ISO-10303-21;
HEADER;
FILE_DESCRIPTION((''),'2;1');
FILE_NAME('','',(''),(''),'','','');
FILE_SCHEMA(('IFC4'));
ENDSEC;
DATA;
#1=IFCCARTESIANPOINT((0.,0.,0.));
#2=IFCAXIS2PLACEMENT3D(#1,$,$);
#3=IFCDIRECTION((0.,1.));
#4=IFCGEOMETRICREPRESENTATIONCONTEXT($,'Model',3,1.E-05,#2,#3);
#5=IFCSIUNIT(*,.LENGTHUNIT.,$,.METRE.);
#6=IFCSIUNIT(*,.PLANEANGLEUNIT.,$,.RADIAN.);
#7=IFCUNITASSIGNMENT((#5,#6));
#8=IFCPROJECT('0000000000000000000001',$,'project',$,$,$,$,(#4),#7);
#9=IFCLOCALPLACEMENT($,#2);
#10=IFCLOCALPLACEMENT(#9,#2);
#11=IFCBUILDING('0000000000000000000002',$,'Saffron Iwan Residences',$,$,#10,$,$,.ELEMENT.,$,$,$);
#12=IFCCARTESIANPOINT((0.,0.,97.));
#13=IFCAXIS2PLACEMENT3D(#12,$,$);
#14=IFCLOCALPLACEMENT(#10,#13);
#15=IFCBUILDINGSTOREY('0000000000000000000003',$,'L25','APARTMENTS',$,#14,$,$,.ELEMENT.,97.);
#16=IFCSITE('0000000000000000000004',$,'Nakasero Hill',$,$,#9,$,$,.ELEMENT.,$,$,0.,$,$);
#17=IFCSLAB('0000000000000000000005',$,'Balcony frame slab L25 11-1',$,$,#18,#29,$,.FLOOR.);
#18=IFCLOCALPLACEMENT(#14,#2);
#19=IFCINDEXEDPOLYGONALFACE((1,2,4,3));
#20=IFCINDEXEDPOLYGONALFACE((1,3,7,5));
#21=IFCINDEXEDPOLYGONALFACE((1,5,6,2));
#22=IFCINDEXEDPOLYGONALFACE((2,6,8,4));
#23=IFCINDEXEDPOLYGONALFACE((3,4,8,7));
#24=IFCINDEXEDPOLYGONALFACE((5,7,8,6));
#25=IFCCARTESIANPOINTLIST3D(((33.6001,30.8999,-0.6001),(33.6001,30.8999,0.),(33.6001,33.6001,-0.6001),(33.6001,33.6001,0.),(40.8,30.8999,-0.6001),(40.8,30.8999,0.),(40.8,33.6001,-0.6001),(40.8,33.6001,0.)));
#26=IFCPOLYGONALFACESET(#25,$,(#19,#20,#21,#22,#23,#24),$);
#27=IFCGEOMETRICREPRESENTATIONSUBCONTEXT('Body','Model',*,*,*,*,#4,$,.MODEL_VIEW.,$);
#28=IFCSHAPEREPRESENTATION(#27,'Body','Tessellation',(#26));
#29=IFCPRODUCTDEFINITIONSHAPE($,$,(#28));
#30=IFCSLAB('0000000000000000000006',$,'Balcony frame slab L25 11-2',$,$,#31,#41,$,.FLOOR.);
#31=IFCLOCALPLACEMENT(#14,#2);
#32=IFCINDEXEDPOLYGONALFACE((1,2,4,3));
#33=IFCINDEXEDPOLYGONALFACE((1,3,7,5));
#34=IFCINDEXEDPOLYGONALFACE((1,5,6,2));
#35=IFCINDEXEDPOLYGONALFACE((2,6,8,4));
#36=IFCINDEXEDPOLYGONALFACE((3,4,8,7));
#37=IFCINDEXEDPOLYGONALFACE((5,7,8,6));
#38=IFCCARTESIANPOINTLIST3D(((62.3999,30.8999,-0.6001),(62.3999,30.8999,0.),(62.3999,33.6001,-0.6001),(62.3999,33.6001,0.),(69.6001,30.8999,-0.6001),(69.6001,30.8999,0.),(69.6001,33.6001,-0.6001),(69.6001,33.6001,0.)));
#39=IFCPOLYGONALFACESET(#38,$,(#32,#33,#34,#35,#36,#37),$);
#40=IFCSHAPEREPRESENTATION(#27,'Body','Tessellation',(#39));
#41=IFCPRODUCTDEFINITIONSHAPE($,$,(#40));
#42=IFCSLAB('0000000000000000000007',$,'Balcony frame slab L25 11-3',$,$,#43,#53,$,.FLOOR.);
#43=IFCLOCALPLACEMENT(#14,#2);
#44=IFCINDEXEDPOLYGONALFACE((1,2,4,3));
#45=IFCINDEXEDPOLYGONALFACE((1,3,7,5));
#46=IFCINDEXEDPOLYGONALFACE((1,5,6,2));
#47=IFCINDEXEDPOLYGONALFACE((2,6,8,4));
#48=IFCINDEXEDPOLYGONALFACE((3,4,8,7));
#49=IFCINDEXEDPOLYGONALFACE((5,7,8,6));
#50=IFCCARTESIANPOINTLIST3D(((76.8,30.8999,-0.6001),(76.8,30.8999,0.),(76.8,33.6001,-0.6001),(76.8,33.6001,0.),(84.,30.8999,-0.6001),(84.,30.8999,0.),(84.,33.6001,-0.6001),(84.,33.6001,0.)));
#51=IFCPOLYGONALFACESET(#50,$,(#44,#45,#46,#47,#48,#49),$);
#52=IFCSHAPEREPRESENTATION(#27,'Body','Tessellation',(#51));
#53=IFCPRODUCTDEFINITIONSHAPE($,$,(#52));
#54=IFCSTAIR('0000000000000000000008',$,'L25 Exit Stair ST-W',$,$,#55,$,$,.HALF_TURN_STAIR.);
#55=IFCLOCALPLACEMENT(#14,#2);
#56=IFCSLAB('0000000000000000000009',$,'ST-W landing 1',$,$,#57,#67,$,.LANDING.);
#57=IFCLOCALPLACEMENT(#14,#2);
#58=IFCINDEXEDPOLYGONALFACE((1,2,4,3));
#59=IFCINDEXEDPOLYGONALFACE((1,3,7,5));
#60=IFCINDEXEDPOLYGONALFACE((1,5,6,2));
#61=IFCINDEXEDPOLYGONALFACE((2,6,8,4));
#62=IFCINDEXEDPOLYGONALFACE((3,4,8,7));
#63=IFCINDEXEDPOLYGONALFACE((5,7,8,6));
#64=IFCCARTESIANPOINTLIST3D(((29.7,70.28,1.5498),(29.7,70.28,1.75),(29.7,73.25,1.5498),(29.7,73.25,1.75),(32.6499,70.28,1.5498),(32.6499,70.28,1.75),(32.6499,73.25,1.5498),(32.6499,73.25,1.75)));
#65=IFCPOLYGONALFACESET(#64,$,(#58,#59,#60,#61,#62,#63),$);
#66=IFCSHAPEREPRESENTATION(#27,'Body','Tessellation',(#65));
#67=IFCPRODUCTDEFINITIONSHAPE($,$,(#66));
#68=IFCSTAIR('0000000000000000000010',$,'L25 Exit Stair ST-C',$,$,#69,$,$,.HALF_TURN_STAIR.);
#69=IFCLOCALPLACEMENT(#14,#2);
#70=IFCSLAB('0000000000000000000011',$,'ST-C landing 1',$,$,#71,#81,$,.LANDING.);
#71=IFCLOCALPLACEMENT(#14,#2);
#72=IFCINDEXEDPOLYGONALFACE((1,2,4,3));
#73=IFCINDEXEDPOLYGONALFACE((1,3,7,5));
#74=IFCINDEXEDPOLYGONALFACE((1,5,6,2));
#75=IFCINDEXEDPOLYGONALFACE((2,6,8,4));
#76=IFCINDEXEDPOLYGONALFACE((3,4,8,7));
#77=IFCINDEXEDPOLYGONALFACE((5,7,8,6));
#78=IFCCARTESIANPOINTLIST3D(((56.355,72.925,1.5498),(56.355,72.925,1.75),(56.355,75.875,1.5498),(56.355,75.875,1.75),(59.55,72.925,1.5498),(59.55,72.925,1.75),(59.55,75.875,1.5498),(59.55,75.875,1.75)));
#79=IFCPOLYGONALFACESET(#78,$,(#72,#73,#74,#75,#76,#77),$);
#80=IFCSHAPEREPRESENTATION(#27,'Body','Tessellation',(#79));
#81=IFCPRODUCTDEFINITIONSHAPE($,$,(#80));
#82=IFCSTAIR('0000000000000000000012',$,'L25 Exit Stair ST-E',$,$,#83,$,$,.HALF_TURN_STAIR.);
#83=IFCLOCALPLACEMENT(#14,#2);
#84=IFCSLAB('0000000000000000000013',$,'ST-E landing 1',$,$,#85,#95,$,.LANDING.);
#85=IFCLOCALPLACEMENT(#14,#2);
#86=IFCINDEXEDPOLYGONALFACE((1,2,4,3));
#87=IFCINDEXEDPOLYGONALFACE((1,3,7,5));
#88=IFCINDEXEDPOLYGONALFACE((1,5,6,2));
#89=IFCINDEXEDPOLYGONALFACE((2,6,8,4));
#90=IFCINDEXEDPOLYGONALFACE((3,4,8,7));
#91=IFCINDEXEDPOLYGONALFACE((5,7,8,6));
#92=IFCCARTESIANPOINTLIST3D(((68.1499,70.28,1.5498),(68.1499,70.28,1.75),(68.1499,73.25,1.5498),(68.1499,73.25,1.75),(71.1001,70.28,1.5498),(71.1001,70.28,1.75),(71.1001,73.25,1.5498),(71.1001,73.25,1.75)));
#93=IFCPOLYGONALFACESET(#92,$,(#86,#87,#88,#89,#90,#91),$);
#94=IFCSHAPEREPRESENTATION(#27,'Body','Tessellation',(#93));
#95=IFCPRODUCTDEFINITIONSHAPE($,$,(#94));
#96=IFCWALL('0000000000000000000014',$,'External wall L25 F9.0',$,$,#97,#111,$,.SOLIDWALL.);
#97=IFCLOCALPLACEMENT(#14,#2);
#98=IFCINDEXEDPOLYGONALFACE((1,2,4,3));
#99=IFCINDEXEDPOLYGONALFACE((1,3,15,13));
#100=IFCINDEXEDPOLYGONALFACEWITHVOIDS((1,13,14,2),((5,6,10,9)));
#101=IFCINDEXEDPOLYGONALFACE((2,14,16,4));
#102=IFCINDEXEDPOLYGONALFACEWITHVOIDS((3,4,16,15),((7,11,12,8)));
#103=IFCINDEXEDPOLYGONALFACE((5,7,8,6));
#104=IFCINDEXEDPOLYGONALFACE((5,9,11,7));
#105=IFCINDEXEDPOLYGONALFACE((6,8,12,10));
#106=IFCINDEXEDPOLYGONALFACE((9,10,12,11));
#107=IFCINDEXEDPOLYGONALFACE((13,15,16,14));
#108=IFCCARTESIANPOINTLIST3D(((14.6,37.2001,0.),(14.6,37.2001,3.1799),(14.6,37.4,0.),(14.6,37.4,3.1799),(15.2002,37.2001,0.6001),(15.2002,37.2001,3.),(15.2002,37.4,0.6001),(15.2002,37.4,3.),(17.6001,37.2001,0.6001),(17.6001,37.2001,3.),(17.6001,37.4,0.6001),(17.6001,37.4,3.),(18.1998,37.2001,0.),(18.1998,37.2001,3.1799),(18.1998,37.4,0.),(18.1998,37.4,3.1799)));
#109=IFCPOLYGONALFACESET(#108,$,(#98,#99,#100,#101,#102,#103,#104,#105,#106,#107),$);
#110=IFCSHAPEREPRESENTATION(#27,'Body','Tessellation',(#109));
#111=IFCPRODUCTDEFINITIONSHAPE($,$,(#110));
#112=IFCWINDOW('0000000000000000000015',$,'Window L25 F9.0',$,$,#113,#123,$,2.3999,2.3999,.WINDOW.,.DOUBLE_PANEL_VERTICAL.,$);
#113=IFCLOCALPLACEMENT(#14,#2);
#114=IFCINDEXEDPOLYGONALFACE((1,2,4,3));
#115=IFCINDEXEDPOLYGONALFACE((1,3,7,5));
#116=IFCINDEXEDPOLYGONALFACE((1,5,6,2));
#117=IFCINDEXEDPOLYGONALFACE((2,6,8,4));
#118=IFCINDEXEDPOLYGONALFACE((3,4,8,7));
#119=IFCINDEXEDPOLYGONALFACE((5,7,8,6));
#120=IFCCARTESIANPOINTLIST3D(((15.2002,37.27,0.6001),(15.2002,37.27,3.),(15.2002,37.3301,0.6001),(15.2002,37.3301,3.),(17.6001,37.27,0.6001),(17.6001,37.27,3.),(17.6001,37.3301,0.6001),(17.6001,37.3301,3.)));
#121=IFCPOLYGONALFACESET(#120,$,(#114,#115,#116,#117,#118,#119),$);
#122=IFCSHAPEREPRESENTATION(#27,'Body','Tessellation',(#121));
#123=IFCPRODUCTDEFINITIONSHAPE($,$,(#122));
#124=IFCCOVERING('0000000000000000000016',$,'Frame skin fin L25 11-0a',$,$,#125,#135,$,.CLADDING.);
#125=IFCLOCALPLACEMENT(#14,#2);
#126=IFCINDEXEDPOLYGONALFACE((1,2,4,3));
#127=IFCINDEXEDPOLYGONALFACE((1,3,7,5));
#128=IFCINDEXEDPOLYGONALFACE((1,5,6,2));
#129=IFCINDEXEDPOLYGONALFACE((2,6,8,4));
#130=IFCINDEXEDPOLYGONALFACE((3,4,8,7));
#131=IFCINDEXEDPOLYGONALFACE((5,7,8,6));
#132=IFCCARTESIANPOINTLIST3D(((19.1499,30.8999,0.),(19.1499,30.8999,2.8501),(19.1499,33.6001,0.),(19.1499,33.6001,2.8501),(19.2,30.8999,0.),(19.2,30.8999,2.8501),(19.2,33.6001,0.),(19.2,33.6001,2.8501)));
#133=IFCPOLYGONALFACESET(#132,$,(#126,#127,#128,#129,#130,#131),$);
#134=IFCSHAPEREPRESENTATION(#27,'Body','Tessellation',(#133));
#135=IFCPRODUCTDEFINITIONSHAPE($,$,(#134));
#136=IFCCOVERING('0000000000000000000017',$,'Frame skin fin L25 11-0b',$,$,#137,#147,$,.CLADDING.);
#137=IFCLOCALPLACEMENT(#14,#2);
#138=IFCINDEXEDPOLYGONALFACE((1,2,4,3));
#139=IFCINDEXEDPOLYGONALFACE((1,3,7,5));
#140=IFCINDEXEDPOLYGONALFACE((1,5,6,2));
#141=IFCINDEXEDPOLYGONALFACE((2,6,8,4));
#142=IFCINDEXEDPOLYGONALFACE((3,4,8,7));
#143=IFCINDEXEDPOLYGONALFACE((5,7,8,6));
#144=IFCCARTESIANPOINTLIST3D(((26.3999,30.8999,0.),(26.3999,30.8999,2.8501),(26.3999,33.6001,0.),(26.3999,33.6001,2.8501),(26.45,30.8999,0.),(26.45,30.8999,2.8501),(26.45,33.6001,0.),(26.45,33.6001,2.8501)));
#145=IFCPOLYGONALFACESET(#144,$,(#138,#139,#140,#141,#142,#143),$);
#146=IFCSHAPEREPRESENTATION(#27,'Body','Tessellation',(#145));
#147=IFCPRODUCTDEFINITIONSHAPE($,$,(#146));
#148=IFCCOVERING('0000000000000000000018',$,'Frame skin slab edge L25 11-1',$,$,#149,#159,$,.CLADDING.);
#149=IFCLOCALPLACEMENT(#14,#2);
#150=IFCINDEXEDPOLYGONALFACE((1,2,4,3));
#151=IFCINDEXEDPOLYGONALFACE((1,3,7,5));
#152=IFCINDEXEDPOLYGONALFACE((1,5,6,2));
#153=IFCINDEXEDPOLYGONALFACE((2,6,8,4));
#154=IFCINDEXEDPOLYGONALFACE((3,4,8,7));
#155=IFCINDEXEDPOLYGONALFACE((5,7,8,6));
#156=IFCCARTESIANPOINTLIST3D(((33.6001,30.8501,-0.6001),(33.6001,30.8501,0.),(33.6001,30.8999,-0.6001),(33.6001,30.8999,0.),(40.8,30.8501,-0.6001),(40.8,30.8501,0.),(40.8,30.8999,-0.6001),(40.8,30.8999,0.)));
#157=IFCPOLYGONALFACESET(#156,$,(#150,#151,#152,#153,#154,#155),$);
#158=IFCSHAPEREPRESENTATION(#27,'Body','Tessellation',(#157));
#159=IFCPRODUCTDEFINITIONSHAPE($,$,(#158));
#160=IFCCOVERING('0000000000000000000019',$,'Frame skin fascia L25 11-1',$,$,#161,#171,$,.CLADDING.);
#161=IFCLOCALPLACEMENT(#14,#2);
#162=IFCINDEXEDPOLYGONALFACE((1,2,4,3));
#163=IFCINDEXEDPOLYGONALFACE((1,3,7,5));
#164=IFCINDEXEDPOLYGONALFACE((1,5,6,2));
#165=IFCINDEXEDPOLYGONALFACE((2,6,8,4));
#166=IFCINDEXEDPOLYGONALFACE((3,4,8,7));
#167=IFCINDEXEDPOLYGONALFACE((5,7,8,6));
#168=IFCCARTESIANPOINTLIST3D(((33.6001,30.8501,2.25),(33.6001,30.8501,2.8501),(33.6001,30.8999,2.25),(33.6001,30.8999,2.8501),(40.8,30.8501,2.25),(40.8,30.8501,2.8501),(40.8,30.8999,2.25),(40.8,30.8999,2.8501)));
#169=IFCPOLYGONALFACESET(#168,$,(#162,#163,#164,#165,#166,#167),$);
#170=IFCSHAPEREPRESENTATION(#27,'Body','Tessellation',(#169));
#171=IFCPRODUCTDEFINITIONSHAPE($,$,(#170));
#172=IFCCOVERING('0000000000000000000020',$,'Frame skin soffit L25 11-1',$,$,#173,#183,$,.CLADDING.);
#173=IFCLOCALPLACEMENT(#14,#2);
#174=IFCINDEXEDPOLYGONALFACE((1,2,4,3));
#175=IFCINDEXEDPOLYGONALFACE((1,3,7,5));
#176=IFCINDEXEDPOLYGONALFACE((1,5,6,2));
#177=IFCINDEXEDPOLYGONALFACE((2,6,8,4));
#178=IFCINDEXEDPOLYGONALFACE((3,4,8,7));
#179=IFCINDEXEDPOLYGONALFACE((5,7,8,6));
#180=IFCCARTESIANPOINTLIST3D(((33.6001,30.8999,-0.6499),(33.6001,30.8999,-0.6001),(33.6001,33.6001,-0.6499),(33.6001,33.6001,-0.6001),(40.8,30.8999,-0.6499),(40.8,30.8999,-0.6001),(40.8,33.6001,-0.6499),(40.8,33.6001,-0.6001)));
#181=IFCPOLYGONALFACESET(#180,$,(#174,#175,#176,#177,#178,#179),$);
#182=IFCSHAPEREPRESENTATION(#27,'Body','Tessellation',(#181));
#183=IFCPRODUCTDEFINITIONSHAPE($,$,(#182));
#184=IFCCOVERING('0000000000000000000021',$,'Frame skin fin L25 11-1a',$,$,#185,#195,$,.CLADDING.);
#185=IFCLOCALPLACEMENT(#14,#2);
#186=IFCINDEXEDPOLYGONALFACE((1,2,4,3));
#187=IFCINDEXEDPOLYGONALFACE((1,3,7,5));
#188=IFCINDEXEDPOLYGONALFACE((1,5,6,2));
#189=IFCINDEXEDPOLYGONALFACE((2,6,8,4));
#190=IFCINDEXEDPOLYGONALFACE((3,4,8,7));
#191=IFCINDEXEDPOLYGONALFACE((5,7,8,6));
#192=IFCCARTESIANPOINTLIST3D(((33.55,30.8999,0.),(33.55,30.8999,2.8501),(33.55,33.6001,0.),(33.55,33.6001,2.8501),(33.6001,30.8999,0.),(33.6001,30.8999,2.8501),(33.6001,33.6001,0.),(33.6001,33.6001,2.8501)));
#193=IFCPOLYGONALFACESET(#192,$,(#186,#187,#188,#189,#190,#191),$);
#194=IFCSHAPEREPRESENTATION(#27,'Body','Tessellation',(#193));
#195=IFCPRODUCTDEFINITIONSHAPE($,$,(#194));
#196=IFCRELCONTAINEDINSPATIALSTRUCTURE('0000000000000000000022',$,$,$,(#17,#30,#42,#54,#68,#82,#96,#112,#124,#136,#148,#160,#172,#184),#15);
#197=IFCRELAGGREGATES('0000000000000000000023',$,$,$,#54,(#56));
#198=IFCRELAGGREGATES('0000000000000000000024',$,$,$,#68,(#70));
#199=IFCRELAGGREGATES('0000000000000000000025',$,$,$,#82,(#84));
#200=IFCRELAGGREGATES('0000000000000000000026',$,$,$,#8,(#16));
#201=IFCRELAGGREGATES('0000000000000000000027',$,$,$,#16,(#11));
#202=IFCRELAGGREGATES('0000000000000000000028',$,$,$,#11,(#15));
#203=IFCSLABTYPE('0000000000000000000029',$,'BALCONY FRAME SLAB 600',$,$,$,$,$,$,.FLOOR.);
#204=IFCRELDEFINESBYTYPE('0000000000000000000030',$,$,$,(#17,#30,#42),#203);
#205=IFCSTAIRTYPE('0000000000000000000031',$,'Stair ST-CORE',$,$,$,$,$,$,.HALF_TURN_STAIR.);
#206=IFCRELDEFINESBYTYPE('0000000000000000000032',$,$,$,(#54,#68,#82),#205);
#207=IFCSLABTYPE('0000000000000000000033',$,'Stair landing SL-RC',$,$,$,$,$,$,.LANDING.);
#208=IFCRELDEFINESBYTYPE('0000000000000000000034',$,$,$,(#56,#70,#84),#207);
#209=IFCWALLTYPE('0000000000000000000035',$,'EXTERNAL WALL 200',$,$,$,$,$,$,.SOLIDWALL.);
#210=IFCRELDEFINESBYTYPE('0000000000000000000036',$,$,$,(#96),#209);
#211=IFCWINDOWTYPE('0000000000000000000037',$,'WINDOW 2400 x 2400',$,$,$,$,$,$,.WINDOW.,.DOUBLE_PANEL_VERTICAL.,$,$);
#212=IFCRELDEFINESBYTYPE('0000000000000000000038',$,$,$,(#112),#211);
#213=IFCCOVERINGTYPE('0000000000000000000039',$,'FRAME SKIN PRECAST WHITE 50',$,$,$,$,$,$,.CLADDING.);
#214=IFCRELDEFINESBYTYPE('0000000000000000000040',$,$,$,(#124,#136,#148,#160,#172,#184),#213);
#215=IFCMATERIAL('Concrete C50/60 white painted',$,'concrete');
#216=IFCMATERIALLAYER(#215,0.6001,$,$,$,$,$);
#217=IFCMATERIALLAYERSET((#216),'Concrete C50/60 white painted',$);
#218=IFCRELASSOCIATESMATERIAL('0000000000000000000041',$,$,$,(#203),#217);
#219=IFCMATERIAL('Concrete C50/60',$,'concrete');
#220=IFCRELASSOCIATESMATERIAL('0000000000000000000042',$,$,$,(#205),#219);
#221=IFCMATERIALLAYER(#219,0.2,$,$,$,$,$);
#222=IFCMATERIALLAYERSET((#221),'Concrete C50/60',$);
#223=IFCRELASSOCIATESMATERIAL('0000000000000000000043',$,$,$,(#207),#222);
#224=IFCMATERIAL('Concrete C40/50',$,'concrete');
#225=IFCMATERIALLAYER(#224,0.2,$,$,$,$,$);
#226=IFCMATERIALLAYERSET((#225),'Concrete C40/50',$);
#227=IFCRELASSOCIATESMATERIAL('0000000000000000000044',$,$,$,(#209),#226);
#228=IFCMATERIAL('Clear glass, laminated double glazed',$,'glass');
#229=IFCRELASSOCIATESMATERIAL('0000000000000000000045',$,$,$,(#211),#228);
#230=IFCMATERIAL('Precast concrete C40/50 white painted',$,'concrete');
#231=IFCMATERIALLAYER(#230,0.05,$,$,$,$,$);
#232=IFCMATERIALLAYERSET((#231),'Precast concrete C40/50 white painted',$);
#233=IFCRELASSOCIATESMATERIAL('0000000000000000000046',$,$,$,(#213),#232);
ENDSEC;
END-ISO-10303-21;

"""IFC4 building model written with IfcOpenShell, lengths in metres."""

from ifc_helpers import new_model, si_unit, direction, frame, frame_2d, origin, place, context, subcontext, project, spatial, polyline, rectangle, outline, extrude, material, layer, layer_set, type_object, element, fill, aggregate, save


model = new_model("IFC4")

# Units and contexts
model_context = context("Model", 3, precision=1e-05, world=origin(), true_north=direction((0.0, 1.0)))
body_context = subcontext(model_context, "Body", "Model", "MODEL_VIEW")
ifc_project = project(units=[si_unit("LENGTHUNIT", "METRE"), si_unit("PLANEANGLEUNIT", "RADIAN")], contexts=[model_context])

# Site, building, storey
site_placement = place(None, origin())
site = spatial("IfcSite", under=ifc_project, at=site_placement, Name="Nakasero Hill", CompositionType="ELEMENT", RefElevation=0.0)
building_placement = place(site_placement, origin())
building = spatial("IfcBuilding", under=site, at=building_placement, Name="Saffron Iwan Residences", CompositionType="ELEMENT")
storey_placement = place(building_placement, frame((0.0, 0.0, 97.0)))
storey = spatial("IfcBuildingStorey", under=building, at=storey_placement, Name="L25", Description="APARTMENTS", CompositionType="ELEMENT", Elevation=97.0)

# Slabs
ifc_material_1 = material(Name="Concrete C50/60 white painted", Category="concrete")
ifc_layer_1 = layer(ifc_material_1, 0.6001)
ifc_layer_set_1 = layer_set([ifc_layer_1], Name="Concrete C50/60 white painted")
slab_type_1 = type_object("IfcSlabType", Name="BALCONY FRAME SLAB 600", PredefinedType="FLOOR", material=ifc_layer_set_1)
slab_1_placement = place(storey_placement, frame((0.0, 0.0, -0.6001)))
element("IfcSlab", 1, at=slab_1_placement, inside=storey, type_object=slab_type_1, Name="Balcony frame slab L25 11-1", PredefinedType="FLOOR", context=body_context, shape_type="SweptSolid", body=[
    extrude(outline(polyline([(33.6001, 30.8999), (40.8, 30.8999), (40.8, 33.6001), (33.6001, 33.6001), (33.6001, 30.8999)])), origin(), (0.0, 0.0, 1.0), 0.6001),
])
slab_2_placement = place(storey_placement, frame((0.0, 0.0, -0.6001)))
element("IfcSlab", 2, at=slab_2_placement, inside=storey, type_object=slab_type_1, Name="Balcony frame slab L25 11-2", PredefinedType="FLOOR", context=body_context, shape_type="SweptSolid", body=[
    extrude(outline(polyline([(62.3999, 30.8999), (69.6001, 30.8999), (69.6001, 33.6001), (62.3999, 33.6001), (62.3999, 30.8999)])), origin(), (0.0, 0.0, 1.0), 0.6001),
])
slab_3_placement = place(storey_placement, frame((0.0, 0.0, -0.6001)))
element("IfcSlab", 3, at=slab_3_placement, inside=storey, type_object=slab_type_1, Name="Balcony frame slab L25 11-3", PredefinedType="FLOOR", context=body_context, shape_type="SweptSolid", body=[
    extrude(outline(polyline([(76.8, 30.8999), (84.0, 30.8999), (84.0, 33.6001), (76.8, 33.6001), (76.8, 30.8999)])), origin(), (0.0, 0.0, 1.0), 0.6001),
])

# Stairs, slabs
ifc_material_2 = material(Name="Concrete C50/60", Category="concrete")
stair_type = type_object("IfcStairType", Name="Stair ST-CORE", PredefinedType="HALF_TURN_STAIR", material=ifc_material_2)
stair_1_placement = place(storey_placement, origin())
stair_1 = element("IfcStair", 4, at=stair_1_placement, inside=storey, type_object=stair_type, Name="L25 Exit Stair ST-W", PredefinedType="HALF_TURN_STAIR")
ifc_layer_2 = layer(ifc_material_2, 0.2)
ifc_layer_set_2 = layer_set([ifc_layer_2], Name="Concrete C50/60")
slab_type_2 = type_object("IfcSlabType", Name="Stair landing SL-RC", PredefinedType="LANDING", material=ifc_layer_set_2)
slab_4_placement = place(storey_placement, frame((0.0, 0.0, 1.5498)))
slab_4 = element("IfcSlab", 5, at=slab_4_placement, type_object=slab_type_2, Name="ST-W landing 1", PredefinedType="LANDING", context=body_context, shape_type="SweptSolid", body=[
    extrude(outline(polyline([(32.6499, 70.28), (32.6499, 73.25), (29.7, 73.25), (29.7, 70.28), (32.6499, 70.28)])), origin(), (0.0, 0.0, 1.0), 0.2002),
])
aggregate(stair_1, [slab_4])
stair_2_placement = place(storey_placement, origin())
stair_2 = element("IfcStair", 6, at=stair_2_placement, inside=storey, type_object=stair_type, Name="L25 Exit Stair ST-C", PredefinedType="HALF_TURN_STAIR")
slab_5_placement = place(storey_placement, frame((0.0, 0.0, 1.5498)))
slab_5 = element("IfcSlab", 7, at=slab_5_placement, type_object=slab_type_2, Name="ST-C landing 1", PredefinedType="LANDING", context=body_context, shape_type="SweptSolid", body=[
    extrude(outline(polyline([(56.355, 72.925), (59.55, 72.925), (59.55, 75.875), (56.355, 75.875), (56.355, 72.925)])), origin(), (0.0, 0.0, 1.0), 0.2002),
])
aggregate(stair_2, [slab_5])
stair_3_placement = place(storey_placement, origin())
stair_3 = element("IfcStair", 8, at=stair_3_placement, inside=storey, type_object=stair_type, Name="L25 Exit Stair ST-E", PredefinedType="HALF_TURN_STAIR")
slab_6_placement = place(storey_placement, frame((0.0, 0.0, 1.5498)))
slab_6 = element("IfcSlab", 9, at=slab_6_placement, type_object=slab_type_2, Name="ST-E landing 1", PredefinedType="LANDING", context=body_context, shape_type="SweptSolid", body=[
    extrude(outline(polyline([(71.1001, 70.28), (71.1001, 73.25), (68.1499, 73.25), (68.1499, 70.28), (71.1001, 70.28)])), origin(), (0.0, 0.0, 1.0), 0.2002),
])
aggregate(stair_3, [slab_6])

# Wall, opening, window
ifc_material_3 = material(Name="Concrete C40/50", Category="concrete")
ifc_layer_3 = layer(ifc_material_3, 0.2)
ifc_layer_set_3 = layer_set([ifc_layer_3], Name="Concrete C40/50")
wall_type = type_object("IfcWallType", Name="EXTERNAL WALL 200", PredefinedType="SOLIDWALL", material=ifc_layer_set_3)
wall_placement = place(storey_placement, frame((14.6001, 37.3, 0.0), z_axis=(0.0, 0.0, 1.0), x_axis=(1.0, 0.0, 0.0)))
wall = element("IfcWall", 10, at=wall_placement, inside=storey, type_object=wall_type, Name="External wall L25 F9.0", PredefinedType="SOLIDWALL", context=body_context, shape_type="SweptSolid", body=[
    extrude(rectangle(XDim=3.5999, YDim=0.2, at=frame_2d((1.7998, 0.0))), origin(), (0.0, 0.0, 1.0), 3.1799),
])
opening_placement = place(wall_placement, frame((0.6001, 0.0, 0.6001)))
opening = element("IfcOpeningElement", 11, at=opening_placement, cuts=wall, PredefinedType="OPENING", context=body_context, shape_type="SweptSolid", body=[
    extrude(rectangle(XDim=2.3999, YDim=2.3999, at=frame_2d((1.2, 1.2))), frame((0.0, 0.1099, 0.0), z_axis=(0.0, -1.0, 0.0), x_axis=(1.0, 0.0, 0.0)), (0.0, 0.0, 1.0), 0.22),
])
ifc_material_4 = material(Name="Clear glass, laminated double glazed", Category="glass")
window_type = type_object("IfcWindowType", Name="WINDOW 2400 x 2400", PartitioningType="DOUBLE_PANEL_VERTICAL", PredefinedType="WINDOW", material=ifc_material_4)
window_placement = place(opening_placement, origin())
window = element("IfcWindow", 12, at=window_placement, inside=storey, type_object=window_type, Name="Window L25 F9.0", OverallHeight=2.3999, OverallWidth=2.3999, PartitioningType="DOUBLE_PANEL_VERTICAL", PredefinedType="WINDOW", context=body_context, shape_type="SweptSolid", body=[
    extrude(rectangle(XDim=2.3999, YDim=2.3999, at=frame_2d((1.2, 1.2))), frame((0.0, 0.03, 0.0), z_axis=(0.0, -1.0, 0.0), x_axis=(1.0, 0.0, 0.0)), (0.0, 0.0, 1.0), 0.0601),
])
fill(opening, window)

# Coverings
ifc_material_5 = material(Name="Precast concrete C40/50 white painted", Category="concrete")
ifc_layer_4 = layer(ifc_material_5, 0.05)
ifc_layer_set_4 = layer_set([ifc_layer_4], Name="Precast concrete C40/50 white painted")
covering_type_1 = type_object("IfcCoveringType", Name="FRAME SKIN PRECAST WHITE 50", PredefinedType="CLADDING", material=ifc_layer_set_4)
covering_1_placement = place(storey_placement, origin())
element("IfcCovering", 13, at=covering_1_placement, inside=storey, type_object=covering_type_1, Name="Frame skin fin L25 11-0a", PredefinedType="CLADDING", context=body_context, shape_type="SweptSolid", body=[
    extrude(outline(polyline([(19.1499, 30.8999), (19.2, 30.8999), (19.2, 33.6001), (19.1499, 33.6001), (19.1499, 30.8999)])), origin(), (0.0, 0.0, 1.0), 2.8501),
])
covering_2_placement = place(storey_placement, origin())
element("IfcCovering", 14, at=covering_2_placement, inside=storey, type_object=covering_type_1, Name="Frame skin fin L25 11-0b", PredefinedType="CLADDING", context=body_context, shape_type="SweptSolid", body=[
    extrude(outline(polyline([(26.3999, 30.8999), (26.45, 30.8999), (26.45, 33.6001), (26.3999, 33.6001), (26.3999, 30.8999)])), origin(), (0.0, 0.0, 1.0), 2.8501),
])
for number, where, name in (
    (15, (0.0, 0.0, -0.6001), "Frame skin slab edge L25 11-1"),
    (16, (0.0, 0.0, 2.25), "Frame skin fascia L25 11-1"),
):
    element("IfcCovering", number, at=place(storey_placement, frame(where)), inside=storey, type_object=covering_type_1, Name=name, PredefinedType="CLADDING", context=body_context, shape_type="SweptSolid", body=[
        extrude(outline(polyline([(33.6001, 30.8501), (40.8, 30.8501), (40.8, 30.8999), (33.6001, 30.8999), (33.6001, 30.8501)])), origin(), (0.0, 0.0, 1.0), 0.6001),
    ])
covering_3_placement = place(storey_placement, frame((0.0, 0.0, -0.6499)))
element("IfcCovering", 17, at=covering_3_placement, inside=storey, type_object=covering_type_1, Name="Frame skin soffit L25 11-1", PredefinedType="CLADDING", context=body_context, shape_type="SweptSolid", body=[
    extrude(outline(polyline([(33.6001, 30.8999), (40.8, 30.8999), (40.8, 33.6001), (33.6001, 33.6001), (33.6001, 30.8999)])), origin(), (0.0, 0.0, 1.0), 0.0498),
])
covering_4_placement = place(storey_placement, origin())
element("IfcCovering", 18, at=covering_4_placement, inside=storey, type_object=covering_type_1, Name="Frame skin fin L25 11-1a", PredefinedType="CLADDING", context=body_context, shape_type="SweptSolid", body=[
    extrude(outline(polyline([(33.55, 30.8999), (33.6001, 30.8999), (33.6001, 33.6001), (33.55, 33.6001), (33.55, 30.8999)])), origin(), (0.0, 0.0, 1.0), 2.8501),
])

save(model, "model.ifc")
